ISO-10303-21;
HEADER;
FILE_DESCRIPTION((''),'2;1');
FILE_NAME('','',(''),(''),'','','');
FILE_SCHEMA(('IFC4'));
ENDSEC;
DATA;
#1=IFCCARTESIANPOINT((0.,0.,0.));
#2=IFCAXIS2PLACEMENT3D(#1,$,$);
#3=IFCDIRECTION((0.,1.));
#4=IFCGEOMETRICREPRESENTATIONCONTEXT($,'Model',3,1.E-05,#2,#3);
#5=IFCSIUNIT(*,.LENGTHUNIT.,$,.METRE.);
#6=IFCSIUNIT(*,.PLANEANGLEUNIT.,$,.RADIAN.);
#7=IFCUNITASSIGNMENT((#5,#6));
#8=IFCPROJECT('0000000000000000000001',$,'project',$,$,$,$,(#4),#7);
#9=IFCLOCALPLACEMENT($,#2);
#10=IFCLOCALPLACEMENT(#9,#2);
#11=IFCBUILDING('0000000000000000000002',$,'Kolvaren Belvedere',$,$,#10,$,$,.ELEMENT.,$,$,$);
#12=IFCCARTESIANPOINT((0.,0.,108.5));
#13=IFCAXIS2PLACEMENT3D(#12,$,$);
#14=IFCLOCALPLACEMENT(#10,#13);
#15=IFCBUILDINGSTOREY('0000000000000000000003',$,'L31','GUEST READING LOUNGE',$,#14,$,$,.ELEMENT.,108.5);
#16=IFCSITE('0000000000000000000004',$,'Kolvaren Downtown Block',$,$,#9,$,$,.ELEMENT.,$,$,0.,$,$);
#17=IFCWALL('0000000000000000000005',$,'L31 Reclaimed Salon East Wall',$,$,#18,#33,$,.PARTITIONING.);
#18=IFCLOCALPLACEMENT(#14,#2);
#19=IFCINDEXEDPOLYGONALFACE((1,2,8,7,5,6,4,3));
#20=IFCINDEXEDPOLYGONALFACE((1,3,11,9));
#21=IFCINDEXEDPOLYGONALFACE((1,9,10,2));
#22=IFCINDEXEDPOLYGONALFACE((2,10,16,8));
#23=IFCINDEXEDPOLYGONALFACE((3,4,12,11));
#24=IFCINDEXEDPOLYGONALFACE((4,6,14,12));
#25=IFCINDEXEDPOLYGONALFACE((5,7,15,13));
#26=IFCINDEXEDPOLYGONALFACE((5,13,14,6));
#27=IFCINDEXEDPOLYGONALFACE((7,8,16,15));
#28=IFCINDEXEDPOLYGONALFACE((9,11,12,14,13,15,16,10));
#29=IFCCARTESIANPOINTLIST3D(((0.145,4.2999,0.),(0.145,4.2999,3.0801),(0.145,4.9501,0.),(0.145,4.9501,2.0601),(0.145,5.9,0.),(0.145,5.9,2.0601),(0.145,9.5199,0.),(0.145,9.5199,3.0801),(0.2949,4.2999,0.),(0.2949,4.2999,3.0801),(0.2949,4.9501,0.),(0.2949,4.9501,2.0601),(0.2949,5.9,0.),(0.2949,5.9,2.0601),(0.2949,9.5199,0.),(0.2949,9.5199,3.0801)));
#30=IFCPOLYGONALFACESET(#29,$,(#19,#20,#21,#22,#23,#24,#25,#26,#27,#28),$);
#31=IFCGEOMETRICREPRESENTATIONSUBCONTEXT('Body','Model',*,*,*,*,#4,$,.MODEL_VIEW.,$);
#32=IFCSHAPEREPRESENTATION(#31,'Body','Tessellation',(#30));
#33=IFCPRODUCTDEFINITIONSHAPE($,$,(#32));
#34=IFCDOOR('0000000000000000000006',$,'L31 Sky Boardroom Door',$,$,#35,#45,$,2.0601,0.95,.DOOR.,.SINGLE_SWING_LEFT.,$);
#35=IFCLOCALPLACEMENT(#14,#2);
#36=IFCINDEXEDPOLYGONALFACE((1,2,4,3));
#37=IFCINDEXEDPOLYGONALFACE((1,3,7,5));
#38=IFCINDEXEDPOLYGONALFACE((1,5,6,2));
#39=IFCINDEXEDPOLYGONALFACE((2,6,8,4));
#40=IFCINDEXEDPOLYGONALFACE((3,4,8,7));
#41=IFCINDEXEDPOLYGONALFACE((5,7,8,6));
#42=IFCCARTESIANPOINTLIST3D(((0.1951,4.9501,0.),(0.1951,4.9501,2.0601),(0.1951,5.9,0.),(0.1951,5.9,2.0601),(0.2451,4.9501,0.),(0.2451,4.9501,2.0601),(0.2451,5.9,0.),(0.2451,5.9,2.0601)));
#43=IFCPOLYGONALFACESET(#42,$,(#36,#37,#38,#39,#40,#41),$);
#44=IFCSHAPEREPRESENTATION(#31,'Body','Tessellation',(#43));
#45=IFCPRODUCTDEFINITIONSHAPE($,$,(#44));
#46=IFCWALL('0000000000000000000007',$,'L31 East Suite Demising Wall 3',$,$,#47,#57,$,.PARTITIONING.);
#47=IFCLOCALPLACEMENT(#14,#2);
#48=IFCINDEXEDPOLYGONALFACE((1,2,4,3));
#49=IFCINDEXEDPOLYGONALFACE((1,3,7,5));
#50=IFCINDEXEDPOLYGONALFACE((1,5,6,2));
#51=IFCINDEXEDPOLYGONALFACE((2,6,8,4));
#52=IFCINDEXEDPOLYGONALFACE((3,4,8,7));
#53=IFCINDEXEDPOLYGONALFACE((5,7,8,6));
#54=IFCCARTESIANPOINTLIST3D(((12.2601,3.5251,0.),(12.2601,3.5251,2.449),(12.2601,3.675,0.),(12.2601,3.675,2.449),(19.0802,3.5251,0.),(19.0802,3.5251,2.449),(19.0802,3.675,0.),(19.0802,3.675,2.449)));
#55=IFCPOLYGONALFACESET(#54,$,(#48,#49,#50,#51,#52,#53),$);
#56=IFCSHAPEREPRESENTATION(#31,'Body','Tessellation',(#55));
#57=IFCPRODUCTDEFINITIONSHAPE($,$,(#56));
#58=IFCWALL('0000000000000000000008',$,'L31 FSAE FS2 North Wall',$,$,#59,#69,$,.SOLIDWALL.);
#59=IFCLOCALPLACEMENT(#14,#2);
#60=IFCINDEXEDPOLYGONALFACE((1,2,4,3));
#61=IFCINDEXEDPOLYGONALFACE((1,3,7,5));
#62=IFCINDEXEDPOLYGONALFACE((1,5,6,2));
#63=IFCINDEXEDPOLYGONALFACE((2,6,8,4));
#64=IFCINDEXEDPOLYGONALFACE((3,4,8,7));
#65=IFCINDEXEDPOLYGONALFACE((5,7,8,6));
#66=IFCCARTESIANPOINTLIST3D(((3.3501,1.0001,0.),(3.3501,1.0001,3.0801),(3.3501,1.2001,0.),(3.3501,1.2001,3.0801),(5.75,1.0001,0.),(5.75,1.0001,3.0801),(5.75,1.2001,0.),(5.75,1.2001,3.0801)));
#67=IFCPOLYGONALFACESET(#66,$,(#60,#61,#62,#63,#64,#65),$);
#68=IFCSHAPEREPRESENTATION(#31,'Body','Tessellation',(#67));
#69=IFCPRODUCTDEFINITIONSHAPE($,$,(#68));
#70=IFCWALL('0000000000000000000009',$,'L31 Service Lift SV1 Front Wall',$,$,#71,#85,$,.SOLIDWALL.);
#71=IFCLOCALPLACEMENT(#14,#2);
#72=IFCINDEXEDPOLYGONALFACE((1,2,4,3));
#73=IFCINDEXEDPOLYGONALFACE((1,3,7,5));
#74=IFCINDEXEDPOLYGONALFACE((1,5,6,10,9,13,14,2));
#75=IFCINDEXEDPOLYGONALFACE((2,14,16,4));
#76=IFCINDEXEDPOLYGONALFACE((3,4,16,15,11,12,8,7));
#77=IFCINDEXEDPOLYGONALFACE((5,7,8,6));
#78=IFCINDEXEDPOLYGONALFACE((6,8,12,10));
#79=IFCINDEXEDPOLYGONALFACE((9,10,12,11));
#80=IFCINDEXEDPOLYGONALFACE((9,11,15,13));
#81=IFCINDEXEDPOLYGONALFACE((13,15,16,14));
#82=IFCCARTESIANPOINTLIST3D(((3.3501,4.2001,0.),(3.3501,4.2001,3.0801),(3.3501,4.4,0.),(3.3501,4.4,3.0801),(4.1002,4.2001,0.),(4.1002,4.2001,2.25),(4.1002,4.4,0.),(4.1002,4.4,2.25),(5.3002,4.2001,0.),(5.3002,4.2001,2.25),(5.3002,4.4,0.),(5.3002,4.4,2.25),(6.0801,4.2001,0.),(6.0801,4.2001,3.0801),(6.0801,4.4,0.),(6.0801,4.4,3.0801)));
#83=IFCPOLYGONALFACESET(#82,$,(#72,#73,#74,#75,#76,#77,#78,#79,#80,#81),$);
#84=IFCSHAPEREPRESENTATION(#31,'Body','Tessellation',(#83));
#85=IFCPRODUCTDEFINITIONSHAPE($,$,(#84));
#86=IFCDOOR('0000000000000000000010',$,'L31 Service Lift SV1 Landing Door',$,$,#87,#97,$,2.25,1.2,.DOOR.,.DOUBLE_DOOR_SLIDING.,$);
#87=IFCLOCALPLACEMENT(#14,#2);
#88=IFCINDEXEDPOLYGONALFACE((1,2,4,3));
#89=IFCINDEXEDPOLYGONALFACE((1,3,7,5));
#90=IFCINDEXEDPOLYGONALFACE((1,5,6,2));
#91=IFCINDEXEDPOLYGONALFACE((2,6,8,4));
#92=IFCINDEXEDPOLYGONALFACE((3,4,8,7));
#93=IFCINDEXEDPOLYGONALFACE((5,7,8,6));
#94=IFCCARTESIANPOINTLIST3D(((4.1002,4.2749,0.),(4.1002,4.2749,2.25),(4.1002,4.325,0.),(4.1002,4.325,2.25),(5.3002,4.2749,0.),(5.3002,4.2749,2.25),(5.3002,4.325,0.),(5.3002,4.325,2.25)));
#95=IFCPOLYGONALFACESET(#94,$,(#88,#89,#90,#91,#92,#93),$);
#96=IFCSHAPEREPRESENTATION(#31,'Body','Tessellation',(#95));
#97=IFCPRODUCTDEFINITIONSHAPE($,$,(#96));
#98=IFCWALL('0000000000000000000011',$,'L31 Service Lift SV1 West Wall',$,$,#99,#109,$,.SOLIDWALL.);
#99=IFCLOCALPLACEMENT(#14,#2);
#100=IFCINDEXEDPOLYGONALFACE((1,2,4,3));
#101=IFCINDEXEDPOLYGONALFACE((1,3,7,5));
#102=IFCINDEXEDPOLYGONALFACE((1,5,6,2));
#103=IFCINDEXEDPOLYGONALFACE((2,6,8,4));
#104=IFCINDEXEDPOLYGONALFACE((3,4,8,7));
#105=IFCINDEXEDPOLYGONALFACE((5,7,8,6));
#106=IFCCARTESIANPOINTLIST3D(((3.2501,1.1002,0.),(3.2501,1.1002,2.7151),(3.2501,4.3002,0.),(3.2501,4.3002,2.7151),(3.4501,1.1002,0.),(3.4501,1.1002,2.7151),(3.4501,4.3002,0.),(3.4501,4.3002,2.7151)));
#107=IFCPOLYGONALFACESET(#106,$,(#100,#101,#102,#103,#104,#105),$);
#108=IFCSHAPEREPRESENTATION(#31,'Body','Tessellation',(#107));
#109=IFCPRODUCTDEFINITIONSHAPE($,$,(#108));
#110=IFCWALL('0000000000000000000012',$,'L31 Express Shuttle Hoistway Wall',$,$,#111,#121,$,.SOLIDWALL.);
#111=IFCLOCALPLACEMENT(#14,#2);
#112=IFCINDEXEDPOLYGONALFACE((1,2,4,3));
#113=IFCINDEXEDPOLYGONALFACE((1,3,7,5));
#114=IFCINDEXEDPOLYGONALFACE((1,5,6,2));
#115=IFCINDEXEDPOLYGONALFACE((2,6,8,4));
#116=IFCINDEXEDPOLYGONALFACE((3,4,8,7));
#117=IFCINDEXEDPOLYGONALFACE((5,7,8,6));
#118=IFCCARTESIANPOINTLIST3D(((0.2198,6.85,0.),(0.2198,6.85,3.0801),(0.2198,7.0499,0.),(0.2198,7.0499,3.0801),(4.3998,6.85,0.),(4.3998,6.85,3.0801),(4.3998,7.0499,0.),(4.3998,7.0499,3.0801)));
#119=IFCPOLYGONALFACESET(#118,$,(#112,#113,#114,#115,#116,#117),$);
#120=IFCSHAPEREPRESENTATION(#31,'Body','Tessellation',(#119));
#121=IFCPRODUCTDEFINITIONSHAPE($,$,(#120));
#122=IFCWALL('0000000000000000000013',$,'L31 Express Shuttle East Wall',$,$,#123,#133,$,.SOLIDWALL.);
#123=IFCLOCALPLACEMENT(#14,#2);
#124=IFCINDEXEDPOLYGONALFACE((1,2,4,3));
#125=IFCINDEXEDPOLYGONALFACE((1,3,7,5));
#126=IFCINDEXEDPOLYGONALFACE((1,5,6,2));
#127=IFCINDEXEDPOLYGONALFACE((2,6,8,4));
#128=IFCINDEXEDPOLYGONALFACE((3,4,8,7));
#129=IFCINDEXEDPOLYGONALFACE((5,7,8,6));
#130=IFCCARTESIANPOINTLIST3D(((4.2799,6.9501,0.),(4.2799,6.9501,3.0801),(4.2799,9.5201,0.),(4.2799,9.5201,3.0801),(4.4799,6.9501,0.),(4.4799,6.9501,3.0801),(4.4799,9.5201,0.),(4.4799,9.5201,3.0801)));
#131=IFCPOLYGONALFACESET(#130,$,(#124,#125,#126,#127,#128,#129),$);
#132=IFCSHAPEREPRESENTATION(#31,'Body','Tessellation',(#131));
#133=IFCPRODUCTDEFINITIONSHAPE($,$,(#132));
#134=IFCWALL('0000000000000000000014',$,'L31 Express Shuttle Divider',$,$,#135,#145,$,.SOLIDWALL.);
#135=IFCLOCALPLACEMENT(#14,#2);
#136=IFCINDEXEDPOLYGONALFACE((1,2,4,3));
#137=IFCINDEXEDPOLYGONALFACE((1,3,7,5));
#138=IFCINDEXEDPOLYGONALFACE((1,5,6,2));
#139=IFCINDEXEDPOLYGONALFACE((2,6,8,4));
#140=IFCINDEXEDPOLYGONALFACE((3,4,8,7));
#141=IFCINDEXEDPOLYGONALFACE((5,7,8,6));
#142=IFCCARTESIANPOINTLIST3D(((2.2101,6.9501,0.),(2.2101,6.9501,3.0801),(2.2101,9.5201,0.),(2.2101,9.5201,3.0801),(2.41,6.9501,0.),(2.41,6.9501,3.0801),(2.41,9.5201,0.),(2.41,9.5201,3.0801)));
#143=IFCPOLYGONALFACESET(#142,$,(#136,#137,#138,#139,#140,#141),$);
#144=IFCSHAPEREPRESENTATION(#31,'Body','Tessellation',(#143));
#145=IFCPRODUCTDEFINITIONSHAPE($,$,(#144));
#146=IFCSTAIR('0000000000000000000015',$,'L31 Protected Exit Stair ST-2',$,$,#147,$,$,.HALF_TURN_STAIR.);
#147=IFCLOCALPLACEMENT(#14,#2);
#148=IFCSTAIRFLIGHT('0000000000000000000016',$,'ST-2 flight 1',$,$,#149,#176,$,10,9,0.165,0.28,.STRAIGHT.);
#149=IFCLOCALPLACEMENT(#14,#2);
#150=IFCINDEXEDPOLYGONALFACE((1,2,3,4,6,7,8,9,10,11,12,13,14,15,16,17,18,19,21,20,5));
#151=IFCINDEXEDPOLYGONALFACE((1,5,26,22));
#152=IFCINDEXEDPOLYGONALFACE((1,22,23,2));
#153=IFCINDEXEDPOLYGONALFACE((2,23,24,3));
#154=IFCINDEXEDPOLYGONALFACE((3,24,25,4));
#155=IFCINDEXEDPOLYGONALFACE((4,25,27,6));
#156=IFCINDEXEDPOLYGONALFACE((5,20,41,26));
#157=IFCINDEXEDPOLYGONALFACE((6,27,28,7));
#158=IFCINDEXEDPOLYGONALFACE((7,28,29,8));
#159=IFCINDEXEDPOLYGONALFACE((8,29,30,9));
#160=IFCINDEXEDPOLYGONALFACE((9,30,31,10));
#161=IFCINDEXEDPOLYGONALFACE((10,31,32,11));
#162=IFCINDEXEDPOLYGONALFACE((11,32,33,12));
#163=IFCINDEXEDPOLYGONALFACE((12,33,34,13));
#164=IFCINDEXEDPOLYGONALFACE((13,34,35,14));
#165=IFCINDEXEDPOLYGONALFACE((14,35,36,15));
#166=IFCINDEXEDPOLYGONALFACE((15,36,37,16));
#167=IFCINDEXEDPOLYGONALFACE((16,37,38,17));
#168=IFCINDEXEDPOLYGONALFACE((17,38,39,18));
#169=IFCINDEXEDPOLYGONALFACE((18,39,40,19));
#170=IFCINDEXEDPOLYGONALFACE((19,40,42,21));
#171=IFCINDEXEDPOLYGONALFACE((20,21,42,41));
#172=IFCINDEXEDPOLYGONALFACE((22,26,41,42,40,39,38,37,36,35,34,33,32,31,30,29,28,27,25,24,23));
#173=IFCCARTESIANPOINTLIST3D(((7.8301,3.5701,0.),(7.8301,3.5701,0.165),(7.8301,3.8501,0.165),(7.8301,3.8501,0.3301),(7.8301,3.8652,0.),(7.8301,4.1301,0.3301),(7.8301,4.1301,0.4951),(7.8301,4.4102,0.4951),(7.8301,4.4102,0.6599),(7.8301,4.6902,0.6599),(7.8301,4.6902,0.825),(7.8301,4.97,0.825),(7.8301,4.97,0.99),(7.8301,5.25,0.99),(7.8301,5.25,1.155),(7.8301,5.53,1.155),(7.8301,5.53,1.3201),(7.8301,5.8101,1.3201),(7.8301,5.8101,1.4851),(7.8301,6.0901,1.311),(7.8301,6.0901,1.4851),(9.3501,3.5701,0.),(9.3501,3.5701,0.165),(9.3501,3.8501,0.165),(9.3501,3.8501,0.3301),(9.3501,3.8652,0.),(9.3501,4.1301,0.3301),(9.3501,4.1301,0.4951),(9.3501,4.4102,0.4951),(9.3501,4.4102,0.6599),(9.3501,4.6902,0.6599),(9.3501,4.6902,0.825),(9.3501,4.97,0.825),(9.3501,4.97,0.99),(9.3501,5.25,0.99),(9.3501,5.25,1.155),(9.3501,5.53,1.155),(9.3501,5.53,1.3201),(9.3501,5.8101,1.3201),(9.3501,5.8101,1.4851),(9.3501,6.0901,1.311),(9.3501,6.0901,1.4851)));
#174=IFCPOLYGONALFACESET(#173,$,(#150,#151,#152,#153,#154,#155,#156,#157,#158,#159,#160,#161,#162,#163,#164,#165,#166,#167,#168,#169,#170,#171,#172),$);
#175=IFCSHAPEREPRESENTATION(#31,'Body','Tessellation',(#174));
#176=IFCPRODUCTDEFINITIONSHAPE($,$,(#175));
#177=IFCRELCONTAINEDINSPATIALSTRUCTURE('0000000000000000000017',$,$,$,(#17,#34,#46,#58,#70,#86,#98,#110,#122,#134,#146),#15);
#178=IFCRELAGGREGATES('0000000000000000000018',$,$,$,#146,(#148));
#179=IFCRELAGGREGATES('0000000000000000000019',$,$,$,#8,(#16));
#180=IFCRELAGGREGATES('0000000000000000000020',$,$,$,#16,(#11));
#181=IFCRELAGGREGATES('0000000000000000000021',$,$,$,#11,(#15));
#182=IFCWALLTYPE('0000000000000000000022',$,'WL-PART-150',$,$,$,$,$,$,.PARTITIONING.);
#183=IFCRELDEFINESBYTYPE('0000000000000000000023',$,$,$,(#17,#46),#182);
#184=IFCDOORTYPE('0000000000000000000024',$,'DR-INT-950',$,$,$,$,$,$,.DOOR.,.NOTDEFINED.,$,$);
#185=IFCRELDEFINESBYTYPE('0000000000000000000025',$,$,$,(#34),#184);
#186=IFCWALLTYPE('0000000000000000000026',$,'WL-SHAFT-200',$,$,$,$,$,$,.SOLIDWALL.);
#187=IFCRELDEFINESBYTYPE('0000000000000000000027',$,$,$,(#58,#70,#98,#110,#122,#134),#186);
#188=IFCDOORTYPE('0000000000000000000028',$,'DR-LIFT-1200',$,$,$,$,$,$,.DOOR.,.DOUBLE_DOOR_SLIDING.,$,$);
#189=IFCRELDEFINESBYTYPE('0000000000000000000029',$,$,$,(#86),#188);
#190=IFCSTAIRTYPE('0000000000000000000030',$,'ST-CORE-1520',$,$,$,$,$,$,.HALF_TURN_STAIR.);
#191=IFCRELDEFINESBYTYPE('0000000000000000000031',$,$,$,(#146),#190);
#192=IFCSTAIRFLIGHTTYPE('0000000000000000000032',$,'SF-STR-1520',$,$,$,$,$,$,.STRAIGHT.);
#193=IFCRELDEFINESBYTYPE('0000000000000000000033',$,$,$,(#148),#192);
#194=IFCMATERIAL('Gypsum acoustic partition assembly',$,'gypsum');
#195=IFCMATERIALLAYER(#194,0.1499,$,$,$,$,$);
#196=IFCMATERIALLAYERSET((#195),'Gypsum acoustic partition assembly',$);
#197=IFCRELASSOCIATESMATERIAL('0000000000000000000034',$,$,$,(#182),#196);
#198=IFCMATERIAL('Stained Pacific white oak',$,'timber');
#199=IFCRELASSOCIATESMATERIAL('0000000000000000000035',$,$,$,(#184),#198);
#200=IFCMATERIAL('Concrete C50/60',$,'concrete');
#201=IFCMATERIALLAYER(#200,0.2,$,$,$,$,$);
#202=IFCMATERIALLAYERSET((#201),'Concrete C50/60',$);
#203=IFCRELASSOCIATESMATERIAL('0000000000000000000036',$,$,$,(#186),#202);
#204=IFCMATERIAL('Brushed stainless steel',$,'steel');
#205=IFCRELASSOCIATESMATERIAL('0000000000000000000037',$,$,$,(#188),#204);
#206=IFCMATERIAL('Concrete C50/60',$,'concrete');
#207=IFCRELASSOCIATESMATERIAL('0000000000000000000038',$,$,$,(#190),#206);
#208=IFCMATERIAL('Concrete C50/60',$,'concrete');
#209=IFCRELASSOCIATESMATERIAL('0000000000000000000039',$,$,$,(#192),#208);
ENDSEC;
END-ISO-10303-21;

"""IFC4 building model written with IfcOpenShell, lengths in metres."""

from ifc_helpers import new_model, si_unit, direction, frame, frame_2d, origin, place, context, subcontext, project, spatial, polyline, rectangle, outline, extrude, material, layer, layer_set, type_object, element, fill, aggregate, save


model = new_model("IFC4")

# Units and contexts
model_context = context("Model", 3, precision=1e-05, world=origin(), true_north=direction((0.0, 1.0)))
body_context = subcontext(model_context, "Body", "Model", "MODEL_VIEW")
ifc_project = project(units=[si_unit("LENGTHUNIT", "METRE"), si_unit("PLANEANGLEUNIT", "RADIAN")], contexts=[model_context])

# Site, building, storey
site_placement = place(None, origin())
site = spatial("IfcSite", under=ifc_project, at=site_placement, Name="Kolvaren Downtown Block", CompositionType="ELEMENT", RefElevation=0.0)
building_placement = place(site_placement, origin())
building = spatial("IfcBuilding", under=site, at=building_placement, Name="Kolvaren Belvedere", CompositionType="ELEMENT")
storey_placement = place(building_placement, frame((0.0, 0.0, 108.5)))
storey = spatial("IfcBuildingStorey", under=building, at=storey_placement, Name="L31", Description="GUEST READING LOUNGE", CompositionType="ELEMENT", Elevation=108.5)

# Wall, opening, door
ifc_material_1 = material(Name="Gypsum acoustic partition assembly", Category="gypsum")
ifc_layer_1 = layer(ifc_material_1, 0.1499)
ifc_layer_set_1 = layer_set([ifc_layer_1], Name="Gypsum acoustic partition assembly")
wall_type_1 = type_object("IfcWallType", Name="WL-PART-150", PredefinedType="PARTITIONING", material=ifc_layer_set_1)
wall_1_placement = place(storey_placement, frame((0.22, 4.3, 0.0), z_axis=(0.0, 0.0, 1.0), x_axis=(0.0, 1.0, 0.0)))
wall_1 = element("IfcWall", 1, at=wall_1_placement, inside=storey, type_object=wall_type_1, Name="L31 Reclaimed Salon East Wall", PredefinedType="PARTITIONING", context=body_context, shape_type="SweptSolid", body=[
    extrude(rectangle(XDim=5.22, YDim=0.1499, at=frame_2d((2.6099, 0.0))), origin(), (0.0, 0.0, 1.0), 3.0801),
])
opening_1_placement = place(wall_1_placement, frame((0.6499, 0.0, 0.0)))
opening_1 = element("IfcOpeningElement", 2, at=opening_1_placement, cuts=wall_1, PredefinedType="OPENING", context=body_context, shape_type="SweptSolid", body=[
    extrude(rectangle(XDim=0.95, YDim=2.0601, at=frame_2d((0.4751, 1.03))), frame((0.0, 0.085, 0.0), z_axis=(0.0, -1.0, 0.0), x_axis=(1.0, 0.0, 0.0)), (0.0, 0.0, 1.0), 0.1699),
])
ifc_material_2 = material(Name="Stained Pacific white oak", Category="timber")
door_type_1 = type_object("IfcDoorType", Name="DR-INT-950", OperationType="NOTDEFINED", PredefinedType="DOOR", material=ifc_material_2)
door_1_placement = place(opening_1_placement, origin())
door_1 = element("IfcDoor", 3, at=door_1_placement, inside=storey, type_object=door_type_1, Name="L31 Sky Boardroom Door", OperationType="SINGLE_SWING_LEFT", OverallHeight=2.0601, OverallWidth=0.95, PredefinedType="DOOR", context=body_context, shape_type="SweptSolid", body=[
    extrude(rectangle(XDim=0.95, YDim=2.0601, at=frame_2d((0.4751, 1.03))), frame((0.0, 0.0249, 0.0), z_axis=(0.0, -1.0, 0.0), x_axis=(1.0, 0.0, 0.0)), (0.0, 0.0, 1.0), 0.05),
])
fill(opening_1, door_1)

# Walls
wall_2_placement = place(storey_placement, frame((12.26, 3.6001, 0.0), z_axis=(0.0, 0.0, 1.0), x_axis=(1.0, 0.0, 0.0)))
element("IfcWall", 4, at=wall_2_placement, inside=storey, type_object=wall_type_1, Name="L31 East Suite Demising Wall 3", PredefinedType="PARTITIONING", context=body_context, shape_type="SweptSolid", body=[
    extrude(rectangle(XDim=6.8201, YDim=0.1499, at=frame_2d((3.4102, 0.0))), origin(), (0.0, 0.0, 1.0), 2.449),
])
ifc_material_3 = material(Name="Concrete C50/60", Category="concrete")
ifc_layer_2 = layer(ifc_material_3, 0.2)
ifc_layer_set_2 = layer_set([ifc_layer_2], Name="Concrete C50/60")
wall_type_2 = type_object("IfcWallType", Name="WL-SHAFT-200", PredefinedType="SOLIDWALL", material=ifc_layer_set_2)
wall_3_placement = place(storey_placement, frame((3.3501, 1.1001, 0.0), z_axis=(0.0, 0.0, 1.0), x_axis=(1.0, 0.0, 0.0)))
element("IfcWall", 5, at=wall_3_placement, inside=storey, type_object=wall_type_2, Name="L31 FSAE FS2 North Wall", PredefinedType="SOLIDWALL", context=body_context, shape_type="SweptSolid", body=[
    extrude(rectangle(XDim=2.3999, YDim=0.2, at=frame_2d((1.2, 0.0))), origin(), (0.0, 0.0, 1.0), 3.0801),
])

# Wall, opening, door
wall_4_placement = place(storey_placement, frame((3.3501, 4.3, 0.0), z_axis=(0.0, 0.0, 1.0), x_axis=(1.0, 0.0, 0.0)))
wall_4 = element("IfcWall", 6, at=wall_4_placement, inside=storey, type_object=wall_type_2, Name="L31 Service Lift SV1 Front Wall", PredefinedType="SOLIDWALL", context=body_context, shape_type="SweptSolid", body=[
    extrude(rectangle(XDim=2.73, YDim=0.2, at=frame_2d((1.365, 0.0))), origin(), (0.0, 0.0, 1.0), 3.0801),
])
opening_2_placement = place(wall_4_placement, frame((0.75, 0.0, 0.0)))
opening_2 = element("IfcOpeningElement", 7, at=opening_2_placement, cuts=wall_4, PredefinedType="OPENING", context=body_context, shape_type="SweptSolid", body=[
    extrude(rectangle(XDim=1.2, YDim=2.25, at=frame_2d((0.6001, 1.125))), frame((0.0, 0.1099, 0.0), z_axis=(0.0, -1.0, 0.0), x_axis=(1.0, 0.0, 0.0)), (0.0, 0.0, 1.0), 0.22),
])
ifc_material_4 = material(Name="Brushed stainless steel", Category="steel")
door_type_2 = type_object("IfcDoorType", Name="DR-LIFT-1200", OperationType="DOUBLE_DOOR_SLIDING", PredefinedType="DOOR", material=ifc_material_4)
door_2_placement = place(opening_2_placement, origin())
door_2 = element("IfcDoor", 8, at=door_2_placement, inside=storey, type_object=door_type_2, Name="L31 Service Lift SV1 Landing Door", OperationType="DOUBLE_DOOR_SLIDING", OverallHeight=2.25, OverallWidth=1.2, PredefinedType="DOOR", context=body_context, shape_type="SweptSolid", body=[
    extrude(rectangle(XDim=1.2, YDim=2.25, at=frame_2d((0.6001, 1.125))), frame((0.0, 0.0249, 0.0), z_axis=(0.0, -1.0, 0.0), x_axis=(1.0, 0.0, 0.0)), (0.0, 0.0, 1.0), 0.05),
])
fill(opening_2, door_2)

# Walls
wall_5_placement = place(storey_placement, frame((3.3501, 1.1001, 0.0), z_axis=(0.0, 0.0, 1.0), x_axis=(0.0, 1.0, 0.0)))
element("IfcWall", 9, at=wall_5_placement, inside=storey, type_object=wall_type_2, Name="L31 Service Lift SV1 West Wall", PredefinedType="SOLIDWALL", context=body_context, shape_type="SweptSolid", body=[
    extrude(rectangle(XDim=3.2, YDim=0.2, at=frame_2d((1.6001, 0.0))), origin(), (0.0, 0.0, 1.0), 2.7151),
])
wall_6_placement = place(storey_placement, frame((0.22, 6.95, 0.0), z_axis=(0.0, 0.0, 1.0), x_axis=(1.0, 0.0, 0.0)))
element("IfcWall", 10, at=wall_6_placement, inside=storey, type_object=wall_type_2, Name="L31 Express Shuttle Hoistway Wall", PredefinedType="SOLIDWALL", context=body_context, shape_type="SweptSolid", body=[
    extrude(rectangle(XDim=4.1799, YDim=0.2, at=frame_2d((2.0898, 0.0))), origin(), (0.0, 0.0, 1.0), 3.0801),
])
for number, where, z_axis, x_axis, name in (
    (11, (4.3799, 6.95, 0.0), (0.0, 0.0, 1.0), (0.0, 1.0, 0.0), "L31 Express Shuttle East Wall"),
    (12, (2.3101, 6.95, 0.0), (0.0, 0.0, 1.0), (0.0, 1.0, 0.0), "L31 Express Shuttle Divider"),
):
    element("IfcWall", number, at=place(storey_placement, frame(where, z_axis=z_axis, x_axis=x_axis)), inside=storey, type_object=wall_type_2, Name=name, PredefinedType="SOLIDWALL", context=body_context, shape_type="SweptSolid", body=[
        extrude(rectangle(XDim=2.5701, YDim=0.2, at=frame_2d((1.2852, 0.0))), origin(), (0.0, 0.0, 1.0), 3.0801),
    ])

# Stair, stair flight
ifc_material_5 = material(Name="Concrete C50/60", Category="concrete")
stair_type = type_object("IfcStairType", Name="ST-CORE-1520", PredefinedType="HALF_TURN_STAIR", material=ifc_material_5)
stair_placement = place(storey_placement, origin())
stair = element("IfcStair", 13, at=stair_placement, inside=storey, type_object=stair_type, Name="L31 Protected Exit Stair ST-2", PredefinedType="HALF_TURN_STAIR")
ifc_material_6 = material(Name="Concrete C50/60", Category="concrete")
stair_flight_type = type_object("IfcStairFlightType", Name="SF-STR-1520", PredefinedType="STRAIGHT", material=ifc_material_6)
stair_flight_1_placement = place(storey_placement, frame((8.5901, 3.5701, 0.0), z_axis=(0.0, 0.0, 1.0), x_axis=(0.0, 1.0, 0.0)))
stair_flight_1 = element("IfcStairFlight", 14, at=stair_flight_1_placement, type_object=stair_flight_type, Name="ST-2 flight 1", NumberOfRisers=10, NumberOfTreads=9, PredefinedType="STRAIGHT", RiserHeight=0.165, TreadLength=0.28, context=body_context, shape_type="SweptSolid", body=[
    extrude(outline(polyline([(0.0, 0.0), (0.0, 0.165), (0.28, 0.165), (0.28, 0.3301), (0.5601, 0.3301), (0.5601, 0.4951), (0.8401, 0.4951), (0.8401, 0.6599), (1.1201, 0.6599), (1.1201, 0.825), (1.3999, 0.825), (1.3999, 0.99), (1.6799, 0.99), (1.6799, 1.155), (1.96, 1.155), (1.96, 1.3201), (2.24, 1.3201), (2.24, 1.4851), (2.52, 1.4851), (2.52, 1.6499), (2.52, 1.311), (0.2952, 0.0), (0.0, 0.0)])), frame((0.0, 0.76, 0.0), z_axis=(0.0, -1.0, 0.0), x_axis=(1.0, 0.0, 0.0)), (0.0, 0.0, 1.0), 1.52),
])
aggregate(stair, [stair_flight_1])

save(model, "model.ifc")
